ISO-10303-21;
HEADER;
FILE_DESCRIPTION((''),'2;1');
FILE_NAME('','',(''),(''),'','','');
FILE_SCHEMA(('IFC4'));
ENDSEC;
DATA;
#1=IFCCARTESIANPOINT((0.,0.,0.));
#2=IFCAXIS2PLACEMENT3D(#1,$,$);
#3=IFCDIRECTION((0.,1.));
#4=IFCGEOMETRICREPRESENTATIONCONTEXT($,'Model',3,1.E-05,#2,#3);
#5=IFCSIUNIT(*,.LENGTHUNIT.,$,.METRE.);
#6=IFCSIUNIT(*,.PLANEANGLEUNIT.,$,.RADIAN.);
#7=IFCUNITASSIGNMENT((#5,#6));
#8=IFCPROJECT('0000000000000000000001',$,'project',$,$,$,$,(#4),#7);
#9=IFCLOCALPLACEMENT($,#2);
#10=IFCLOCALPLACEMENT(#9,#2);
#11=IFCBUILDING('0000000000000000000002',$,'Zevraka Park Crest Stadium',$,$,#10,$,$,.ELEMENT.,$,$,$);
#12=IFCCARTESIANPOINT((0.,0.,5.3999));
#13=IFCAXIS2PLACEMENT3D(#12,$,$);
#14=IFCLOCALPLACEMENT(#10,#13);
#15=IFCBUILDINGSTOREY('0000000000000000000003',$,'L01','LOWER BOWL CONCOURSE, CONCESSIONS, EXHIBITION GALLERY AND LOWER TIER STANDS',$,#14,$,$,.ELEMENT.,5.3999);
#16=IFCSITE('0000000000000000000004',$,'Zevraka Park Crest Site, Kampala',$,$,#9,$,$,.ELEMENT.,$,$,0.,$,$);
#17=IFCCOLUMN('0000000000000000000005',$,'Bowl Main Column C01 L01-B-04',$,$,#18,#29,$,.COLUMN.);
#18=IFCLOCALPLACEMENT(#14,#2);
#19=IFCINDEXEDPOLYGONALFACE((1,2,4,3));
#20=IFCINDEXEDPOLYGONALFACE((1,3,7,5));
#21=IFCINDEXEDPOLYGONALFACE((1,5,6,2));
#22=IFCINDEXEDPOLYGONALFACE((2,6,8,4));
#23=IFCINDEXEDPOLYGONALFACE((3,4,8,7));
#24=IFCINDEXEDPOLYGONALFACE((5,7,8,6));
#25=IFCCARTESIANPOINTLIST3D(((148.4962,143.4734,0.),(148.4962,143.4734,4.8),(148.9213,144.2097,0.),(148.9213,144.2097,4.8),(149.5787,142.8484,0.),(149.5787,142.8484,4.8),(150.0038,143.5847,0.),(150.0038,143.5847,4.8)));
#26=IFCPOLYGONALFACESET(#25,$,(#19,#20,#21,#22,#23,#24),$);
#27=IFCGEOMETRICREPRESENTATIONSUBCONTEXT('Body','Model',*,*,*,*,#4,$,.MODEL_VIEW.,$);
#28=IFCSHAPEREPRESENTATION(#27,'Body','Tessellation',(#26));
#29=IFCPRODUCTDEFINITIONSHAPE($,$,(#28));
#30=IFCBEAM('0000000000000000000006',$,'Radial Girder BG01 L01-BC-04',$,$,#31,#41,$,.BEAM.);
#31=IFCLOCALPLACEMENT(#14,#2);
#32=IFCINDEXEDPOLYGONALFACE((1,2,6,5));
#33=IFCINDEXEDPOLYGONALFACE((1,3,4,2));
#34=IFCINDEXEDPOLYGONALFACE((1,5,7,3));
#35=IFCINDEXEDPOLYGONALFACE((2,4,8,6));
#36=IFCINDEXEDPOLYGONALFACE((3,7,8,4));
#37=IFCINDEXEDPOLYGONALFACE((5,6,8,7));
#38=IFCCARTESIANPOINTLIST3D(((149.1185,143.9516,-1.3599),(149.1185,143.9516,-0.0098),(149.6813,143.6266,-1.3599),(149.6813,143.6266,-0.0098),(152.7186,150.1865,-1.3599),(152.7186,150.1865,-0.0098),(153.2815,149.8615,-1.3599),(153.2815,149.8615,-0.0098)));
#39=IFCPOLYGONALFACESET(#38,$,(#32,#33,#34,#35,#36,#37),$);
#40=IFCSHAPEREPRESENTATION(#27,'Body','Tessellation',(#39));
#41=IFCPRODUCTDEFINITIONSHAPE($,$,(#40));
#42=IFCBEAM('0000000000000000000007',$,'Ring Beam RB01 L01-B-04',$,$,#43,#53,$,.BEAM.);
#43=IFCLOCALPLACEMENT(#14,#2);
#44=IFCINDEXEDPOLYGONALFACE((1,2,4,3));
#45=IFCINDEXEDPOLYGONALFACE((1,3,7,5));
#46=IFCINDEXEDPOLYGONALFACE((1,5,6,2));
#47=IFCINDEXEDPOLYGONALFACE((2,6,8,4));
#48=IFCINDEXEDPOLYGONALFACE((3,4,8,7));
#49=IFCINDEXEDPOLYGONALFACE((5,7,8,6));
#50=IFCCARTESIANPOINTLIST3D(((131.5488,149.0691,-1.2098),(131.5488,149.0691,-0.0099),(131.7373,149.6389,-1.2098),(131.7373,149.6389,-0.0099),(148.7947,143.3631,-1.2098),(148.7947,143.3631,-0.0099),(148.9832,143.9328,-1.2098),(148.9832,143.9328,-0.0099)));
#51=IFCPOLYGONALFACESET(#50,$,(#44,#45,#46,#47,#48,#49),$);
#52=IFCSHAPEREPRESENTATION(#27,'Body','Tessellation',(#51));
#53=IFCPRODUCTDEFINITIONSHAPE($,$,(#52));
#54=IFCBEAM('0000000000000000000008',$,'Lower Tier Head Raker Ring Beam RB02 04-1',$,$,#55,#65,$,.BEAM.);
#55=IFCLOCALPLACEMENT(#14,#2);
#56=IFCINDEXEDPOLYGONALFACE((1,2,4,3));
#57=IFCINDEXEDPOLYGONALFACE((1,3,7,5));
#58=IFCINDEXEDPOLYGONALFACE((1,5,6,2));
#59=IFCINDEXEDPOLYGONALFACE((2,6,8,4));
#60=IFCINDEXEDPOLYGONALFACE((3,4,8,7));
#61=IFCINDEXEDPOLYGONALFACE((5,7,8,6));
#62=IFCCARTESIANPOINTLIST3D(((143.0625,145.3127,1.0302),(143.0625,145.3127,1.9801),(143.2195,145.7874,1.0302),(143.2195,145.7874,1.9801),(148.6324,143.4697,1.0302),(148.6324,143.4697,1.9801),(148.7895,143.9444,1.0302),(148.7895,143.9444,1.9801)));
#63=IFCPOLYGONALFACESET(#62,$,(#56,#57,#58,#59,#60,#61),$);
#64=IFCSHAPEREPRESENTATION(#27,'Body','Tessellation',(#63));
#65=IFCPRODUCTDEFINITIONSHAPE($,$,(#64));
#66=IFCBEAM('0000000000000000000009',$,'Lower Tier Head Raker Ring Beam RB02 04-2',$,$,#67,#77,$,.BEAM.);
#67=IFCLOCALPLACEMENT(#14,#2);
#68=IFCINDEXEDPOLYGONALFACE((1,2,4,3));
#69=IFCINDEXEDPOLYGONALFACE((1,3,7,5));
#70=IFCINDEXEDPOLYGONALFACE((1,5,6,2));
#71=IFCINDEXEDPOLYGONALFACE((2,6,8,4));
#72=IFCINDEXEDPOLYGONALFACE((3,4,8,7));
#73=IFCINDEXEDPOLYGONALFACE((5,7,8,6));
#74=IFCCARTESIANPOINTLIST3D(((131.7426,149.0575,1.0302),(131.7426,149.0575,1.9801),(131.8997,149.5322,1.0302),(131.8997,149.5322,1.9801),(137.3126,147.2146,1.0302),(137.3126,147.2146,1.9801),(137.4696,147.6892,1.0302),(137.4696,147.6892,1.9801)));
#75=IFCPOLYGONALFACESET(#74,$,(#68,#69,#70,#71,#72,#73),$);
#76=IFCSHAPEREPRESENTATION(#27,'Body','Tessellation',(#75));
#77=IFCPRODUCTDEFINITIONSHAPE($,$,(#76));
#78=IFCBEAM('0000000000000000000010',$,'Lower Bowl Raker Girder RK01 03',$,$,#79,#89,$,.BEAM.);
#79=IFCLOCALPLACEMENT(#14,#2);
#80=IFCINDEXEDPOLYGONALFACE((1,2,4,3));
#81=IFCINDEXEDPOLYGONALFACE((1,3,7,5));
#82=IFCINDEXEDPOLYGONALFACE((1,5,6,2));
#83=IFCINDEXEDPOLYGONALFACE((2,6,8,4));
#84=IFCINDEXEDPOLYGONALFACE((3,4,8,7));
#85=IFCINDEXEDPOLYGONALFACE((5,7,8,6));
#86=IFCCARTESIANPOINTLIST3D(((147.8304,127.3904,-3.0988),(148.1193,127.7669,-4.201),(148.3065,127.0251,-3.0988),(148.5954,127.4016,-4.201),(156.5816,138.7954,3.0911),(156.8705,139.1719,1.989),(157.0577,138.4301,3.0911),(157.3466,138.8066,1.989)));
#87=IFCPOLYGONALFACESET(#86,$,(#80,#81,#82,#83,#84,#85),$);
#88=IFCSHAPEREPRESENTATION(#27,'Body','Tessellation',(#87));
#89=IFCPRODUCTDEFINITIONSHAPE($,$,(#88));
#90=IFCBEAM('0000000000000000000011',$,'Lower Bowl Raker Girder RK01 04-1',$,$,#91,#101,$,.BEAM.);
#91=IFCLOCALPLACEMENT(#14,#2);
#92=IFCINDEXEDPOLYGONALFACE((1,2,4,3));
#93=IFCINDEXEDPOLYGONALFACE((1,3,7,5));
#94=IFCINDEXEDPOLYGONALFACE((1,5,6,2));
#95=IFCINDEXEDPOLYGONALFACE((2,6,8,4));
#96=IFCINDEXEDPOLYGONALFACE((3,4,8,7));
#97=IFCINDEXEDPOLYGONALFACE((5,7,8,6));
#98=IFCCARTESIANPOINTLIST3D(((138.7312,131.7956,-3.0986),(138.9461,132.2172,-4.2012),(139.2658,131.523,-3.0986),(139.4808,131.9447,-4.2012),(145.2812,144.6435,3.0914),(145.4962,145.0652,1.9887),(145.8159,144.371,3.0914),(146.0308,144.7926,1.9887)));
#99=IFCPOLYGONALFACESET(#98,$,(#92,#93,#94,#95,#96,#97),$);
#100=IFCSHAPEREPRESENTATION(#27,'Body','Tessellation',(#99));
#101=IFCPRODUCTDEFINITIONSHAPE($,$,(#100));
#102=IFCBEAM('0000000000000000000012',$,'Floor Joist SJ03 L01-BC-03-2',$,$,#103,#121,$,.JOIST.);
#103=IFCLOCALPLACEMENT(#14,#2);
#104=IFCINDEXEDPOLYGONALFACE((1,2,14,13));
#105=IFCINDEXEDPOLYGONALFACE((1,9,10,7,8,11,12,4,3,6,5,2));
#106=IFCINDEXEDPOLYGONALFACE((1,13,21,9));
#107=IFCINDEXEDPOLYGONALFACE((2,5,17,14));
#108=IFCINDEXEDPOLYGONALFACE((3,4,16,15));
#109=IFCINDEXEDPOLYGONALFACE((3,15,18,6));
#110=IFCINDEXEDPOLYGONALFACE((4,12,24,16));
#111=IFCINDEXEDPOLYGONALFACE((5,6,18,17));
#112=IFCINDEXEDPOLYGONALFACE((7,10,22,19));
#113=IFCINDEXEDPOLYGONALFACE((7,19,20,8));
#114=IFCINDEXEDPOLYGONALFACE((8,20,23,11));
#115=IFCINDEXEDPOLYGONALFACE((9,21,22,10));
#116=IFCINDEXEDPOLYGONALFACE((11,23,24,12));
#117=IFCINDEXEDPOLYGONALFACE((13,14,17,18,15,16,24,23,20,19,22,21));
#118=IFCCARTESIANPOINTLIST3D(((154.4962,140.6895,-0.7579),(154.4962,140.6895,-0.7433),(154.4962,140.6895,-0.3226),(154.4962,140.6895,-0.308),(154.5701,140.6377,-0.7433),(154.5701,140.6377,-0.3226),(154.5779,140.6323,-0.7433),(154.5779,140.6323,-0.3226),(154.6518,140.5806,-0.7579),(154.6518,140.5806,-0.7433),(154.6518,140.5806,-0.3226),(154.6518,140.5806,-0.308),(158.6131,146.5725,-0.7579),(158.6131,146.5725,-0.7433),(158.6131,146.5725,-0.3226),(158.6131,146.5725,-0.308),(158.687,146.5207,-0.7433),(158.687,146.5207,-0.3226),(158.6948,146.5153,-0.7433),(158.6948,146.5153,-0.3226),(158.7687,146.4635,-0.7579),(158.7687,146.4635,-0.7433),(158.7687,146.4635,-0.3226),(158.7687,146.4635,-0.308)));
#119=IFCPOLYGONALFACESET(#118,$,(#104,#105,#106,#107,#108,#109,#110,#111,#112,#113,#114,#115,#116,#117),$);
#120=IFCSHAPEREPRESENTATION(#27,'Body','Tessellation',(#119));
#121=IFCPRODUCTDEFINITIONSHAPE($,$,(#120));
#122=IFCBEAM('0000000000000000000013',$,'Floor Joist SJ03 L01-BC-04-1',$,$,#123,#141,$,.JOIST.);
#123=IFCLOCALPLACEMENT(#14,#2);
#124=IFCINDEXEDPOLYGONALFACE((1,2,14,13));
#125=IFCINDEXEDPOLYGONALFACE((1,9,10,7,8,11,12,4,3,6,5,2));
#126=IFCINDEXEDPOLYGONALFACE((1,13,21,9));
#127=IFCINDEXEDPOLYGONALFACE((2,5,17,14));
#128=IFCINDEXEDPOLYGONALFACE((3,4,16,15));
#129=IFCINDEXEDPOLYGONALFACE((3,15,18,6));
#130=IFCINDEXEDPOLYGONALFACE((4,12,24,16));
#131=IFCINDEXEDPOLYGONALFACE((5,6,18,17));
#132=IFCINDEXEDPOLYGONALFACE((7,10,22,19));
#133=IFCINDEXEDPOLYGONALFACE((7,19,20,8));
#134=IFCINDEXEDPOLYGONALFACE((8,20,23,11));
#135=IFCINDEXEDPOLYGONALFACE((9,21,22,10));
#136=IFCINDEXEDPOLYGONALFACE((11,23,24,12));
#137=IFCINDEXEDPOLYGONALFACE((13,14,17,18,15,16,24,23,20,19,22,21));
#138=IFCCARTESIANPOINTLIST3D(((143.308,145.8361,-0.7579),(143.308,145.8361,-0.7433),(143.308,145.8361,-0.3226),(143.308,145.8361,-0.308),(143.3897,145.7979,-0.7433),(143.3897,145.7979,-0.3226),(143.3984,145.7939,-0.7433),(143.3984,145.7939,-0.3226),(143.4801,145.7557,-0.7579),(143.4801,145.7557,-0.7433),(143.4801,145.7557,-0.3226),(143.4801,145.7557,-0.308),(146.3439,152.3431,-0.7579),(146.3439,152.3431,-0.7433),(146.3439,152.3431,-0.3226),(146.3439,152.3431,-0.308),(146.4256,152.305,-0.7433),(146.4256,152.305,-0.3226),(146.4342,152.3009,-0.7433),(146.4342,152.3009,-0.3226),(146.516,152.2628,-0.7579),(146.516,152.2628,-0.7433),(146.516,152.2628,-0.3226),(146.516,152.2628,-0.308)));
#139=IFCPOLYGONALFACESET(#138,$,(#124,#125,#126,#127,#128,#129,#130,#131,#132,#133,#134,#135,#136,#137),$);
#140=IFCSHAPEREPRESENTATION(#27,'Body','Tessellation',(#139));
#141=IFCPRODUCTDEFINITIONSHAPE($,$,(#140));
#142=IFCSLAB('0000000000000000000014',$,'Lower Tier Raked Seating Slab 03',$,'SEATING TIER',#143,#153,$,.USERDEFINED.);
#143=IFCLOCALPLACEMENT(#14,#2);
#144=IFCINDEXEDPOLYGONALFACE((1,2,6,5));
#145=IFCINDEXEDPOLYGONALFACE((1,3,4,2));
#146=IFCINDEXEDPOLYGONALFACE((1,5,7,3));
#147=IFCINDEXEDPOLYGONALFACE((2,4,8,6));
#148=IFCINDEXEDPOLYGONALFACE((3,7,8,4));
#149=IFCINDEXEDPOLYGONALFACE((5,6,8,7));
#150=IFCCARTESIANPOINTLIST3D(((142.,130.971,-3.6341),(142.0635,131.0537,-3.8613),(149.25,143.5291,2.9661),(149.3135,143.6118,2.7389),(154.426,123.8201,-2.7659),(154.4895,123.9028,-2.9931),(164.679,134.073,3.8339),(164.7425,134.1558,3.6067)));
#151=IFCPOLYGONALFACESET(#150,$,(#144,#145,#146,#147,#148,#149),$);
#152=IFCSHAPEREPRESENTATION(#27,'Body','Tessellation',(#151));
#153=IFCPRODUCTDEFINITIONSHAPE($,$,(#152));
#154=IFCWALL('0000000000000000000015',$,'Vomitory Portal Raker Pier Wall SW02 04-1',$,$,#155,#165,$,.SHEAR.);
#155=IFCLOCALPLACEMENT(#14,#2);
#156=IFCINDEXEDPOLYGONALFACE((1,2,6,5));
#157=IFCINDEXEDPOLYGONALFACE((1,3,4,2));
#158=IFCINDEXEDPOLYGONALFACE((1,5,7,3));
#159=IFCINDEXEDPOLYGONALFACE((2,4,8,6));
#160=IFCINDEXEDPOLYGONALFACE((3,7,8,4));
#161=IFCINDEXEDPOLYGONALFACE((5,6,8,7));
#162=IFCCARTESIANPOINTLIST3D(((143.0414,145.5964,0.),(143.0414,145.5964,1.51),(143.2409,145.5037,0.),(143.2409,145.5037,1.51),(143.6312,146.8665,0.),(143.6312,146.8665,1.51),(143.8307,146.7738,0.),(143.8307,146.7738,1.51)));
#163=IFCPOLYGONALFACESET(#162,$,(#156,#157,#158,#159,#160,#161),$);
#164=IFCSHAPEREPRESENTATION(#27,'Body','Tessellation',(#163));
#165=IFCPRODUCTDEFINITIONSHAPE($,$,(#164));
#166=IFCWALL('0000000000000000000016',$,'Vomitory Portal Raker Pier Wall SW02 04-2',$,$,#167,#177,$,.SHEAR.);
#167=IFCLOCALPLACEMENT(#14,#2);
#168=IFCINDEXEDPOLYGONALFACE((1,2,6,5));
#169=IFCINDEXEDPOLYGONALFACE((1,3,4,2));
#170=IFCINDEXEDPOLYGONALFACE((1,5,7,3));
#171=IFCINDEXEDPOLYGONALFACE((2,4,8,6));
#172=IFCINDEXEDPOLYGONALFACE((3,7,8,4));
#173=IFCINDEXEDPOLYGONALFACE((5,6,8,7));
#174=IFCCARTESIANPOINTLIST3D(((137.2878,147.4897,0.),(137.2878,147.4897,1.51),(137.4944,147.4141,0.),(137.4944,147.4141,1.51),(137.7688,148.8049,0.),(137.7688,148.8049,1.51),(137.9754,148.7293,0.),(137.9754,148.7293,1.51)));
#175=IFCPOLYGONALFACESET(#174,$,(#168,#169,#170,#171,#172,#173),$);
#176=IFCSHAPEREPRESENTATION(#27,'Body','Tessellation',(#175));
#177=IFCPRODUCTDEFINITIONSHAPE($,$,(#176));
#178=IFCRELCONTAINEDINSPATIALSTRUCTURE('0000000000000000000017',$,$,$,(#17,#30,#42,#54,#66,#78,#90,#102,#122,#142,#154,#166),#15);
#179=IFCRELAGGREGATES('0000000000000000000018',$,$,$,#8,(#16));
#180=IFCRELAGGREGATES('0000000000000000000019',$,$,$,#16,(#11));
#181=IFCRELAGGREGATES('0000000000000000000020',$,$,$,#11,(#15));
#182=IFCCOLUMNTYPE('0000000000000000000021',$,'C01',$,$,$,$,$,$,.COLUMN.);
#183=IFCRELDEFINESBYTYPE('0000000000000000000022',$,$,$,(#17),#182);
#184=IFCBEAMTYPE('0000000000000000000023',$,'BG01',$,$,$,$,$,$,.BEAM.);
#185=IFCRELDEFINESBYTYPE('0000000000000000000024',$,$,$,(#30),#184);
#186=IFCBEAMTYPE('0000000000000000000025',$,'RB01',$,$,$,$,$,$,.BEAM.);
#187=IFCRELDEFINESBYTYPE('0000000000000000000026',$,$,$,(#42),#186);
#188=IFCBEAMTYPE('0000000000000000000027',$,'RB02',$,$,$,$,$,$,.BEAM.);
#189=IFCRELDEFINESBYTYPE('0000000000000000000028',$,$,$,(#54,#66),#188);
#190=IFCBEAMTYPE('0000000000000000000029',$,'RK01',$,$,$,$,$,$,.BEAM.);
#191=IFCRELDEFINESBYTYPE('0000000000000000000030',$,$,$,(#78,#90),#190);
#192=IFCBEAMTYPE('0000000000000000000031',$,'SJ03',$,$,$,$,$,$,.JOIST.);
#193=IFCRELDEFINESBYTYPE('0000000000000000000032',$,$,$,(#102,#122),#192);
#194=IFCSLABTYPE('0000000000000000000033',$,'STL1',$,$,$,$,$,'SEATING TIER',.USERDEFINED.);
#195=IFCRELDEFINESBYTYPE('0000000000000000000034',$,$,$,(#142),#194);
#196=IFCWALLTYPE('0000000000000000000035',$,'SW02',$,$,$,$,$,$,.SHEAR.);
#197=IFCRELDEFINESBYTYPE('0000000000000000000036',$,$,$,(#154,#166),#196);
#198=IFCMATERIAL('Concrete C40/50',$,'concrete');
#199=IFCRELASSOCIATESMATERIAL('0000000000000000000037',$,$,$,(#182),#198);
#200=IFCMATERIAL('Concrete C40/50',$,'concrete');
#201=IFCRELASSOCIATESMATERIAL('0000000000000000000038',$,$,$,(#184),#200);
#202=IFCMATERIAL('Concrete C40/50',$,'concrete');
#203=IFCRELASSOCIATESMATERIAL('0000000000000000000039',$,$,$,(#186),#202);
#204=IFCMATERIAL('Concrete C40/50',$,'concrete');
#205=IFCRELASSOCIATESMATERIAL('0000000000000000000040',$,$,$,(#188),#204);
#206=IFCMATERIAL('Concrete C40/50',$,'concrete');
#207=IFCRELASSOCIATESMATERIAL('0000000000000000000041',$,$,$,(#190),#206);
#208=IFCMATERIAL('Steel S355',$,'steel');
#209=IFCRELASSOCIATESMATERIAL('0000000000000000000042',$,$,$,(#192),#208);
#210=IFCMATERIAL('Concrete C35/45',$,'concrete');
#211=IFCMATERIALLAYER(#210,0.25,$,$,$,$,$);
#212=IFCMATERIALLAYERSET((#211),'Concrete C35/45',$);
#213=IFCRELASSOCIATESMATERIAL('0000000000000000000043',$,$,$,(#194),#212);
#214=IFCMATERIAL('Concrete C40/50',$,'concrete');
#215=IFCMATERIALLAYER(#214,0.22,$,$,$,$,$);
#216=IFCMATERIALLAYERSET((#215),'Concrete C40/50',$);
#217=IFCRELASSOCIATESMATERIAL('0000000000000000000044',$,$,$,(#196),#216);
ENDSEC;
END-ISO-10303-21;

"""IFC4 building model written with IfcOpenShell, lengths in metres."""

from ifc_helpers import new_model, si_unit, direction, frame, frame_2d, origin, origin_2d, place, context, subcontext, project, spatial, polyline, rectangle, i_section, outline, extrude, material, layer, layer_set, material_profile, profile_set, type_object, element, save


model = new_model("IFC4")

# Units and contexts
model_context = context("Model", 3, precision=1e-05, world=origin(), true_north=direction((0.0, 1.0)))
body_context = subcontext(model_context, "Body", "Model", "MODEL_VIEW")
ifc_project = project(units=[si_unit("LENGTHUNIT", "METRE"), si_unit("PLANEANGLEUNIT", "RADIAN")], contexts=[model_context])

# Site, building, storey
site_placement = place(None, origin())
site = spatial("IfcSite", under=ifc_project, at=site_placement, Name="Zevraka Park Crest Site, Kampala", CompositionType="ELEMENT", RefElevation=0.0)
building_placement = place(site_placement, origin())
building = spatial("IfcBuilding", under=site, at=building_placement, Name="Zevraka Park Crest Stadium", CompositionType="ELEMENT")
storey_placement = place(building_placement, frame((0.0, 0.0, 5.3999)))
storey = spatial("IfcBuildingStorey", under=building, at=storey_placement, Name="L01", Description="LOWER BOWL CONCOURSE, CONCESSIONS, EXHIBITION GALLERY AND LOWER TIER STANDS", CompositionType="ELEMENT", Elevation=5.3999)

# Column
ifc_material_1 = material(Name="Concrete C40/50", Category="concrete")
ifc_material_profile_1 = material_profile(ifc_material_1, rectangle(XDim=0.8501, YDim=1.25, at=origin_2d()), Name="RC 1250x850")
ifc_profile_set_1 = profile_set([ifc_material_profile_1], Name="Concrete C40/50")
column_type = type_object("IfcColumnType", Name="C01", PredefinedType="COLUMN", material=ifc_profile_set_1)
column_placement = place(storey_placement, frame((149.25, 143.5291, 0.0), z_axis=(0.0, 0.0, 1.0), x_axis=(0.5, 0.866025, 0.0)))
element("IfcColumn", 1, at=column_placement, inside=storey, type_object=column_type, Name="Bowl Main Column C01 L01-B-04", PredefinedType="COLUMN", context=body_context, shape_type="SweptSolid", body=[
    extrude(rectangle(XDim=0.8501, YDim=1.25, at=origin_2d()), origin(), (0.0, 0.0, 1.0), 4.8),
])

# Beams
ifc_material_2 = material(Name="Concrete C40/50", Category="concrete")
ifc_material_profile_2 = material_profile(ifc_material_2, rectangle(XDim=0.6499, YDim=1.3501, at=origin_2d()), Name="RC 1350x650")
ifc_profile_set_2 = profile_set([ifc_material_profile_2], Name="Concrete C40/50")
beam_type_1 = type_object("IfcBeamType", Name="BG01", PredefinedType="BEAM", material=ifc_profile_set_2)
beam_1_placement = place(storey_placement, frame((149.3999, 143.7891, -0.6848), z_axis=(0.500041, 0.866001, 0.0), x_axis=(-0.866001, 0.500041, 0.0)))
element("IfcBeam", 2, at=beam_1_placement, inside=storey, type_object=beam_type_1, Name="Radial Girder BG01 L01-BC-04", PredefinedType="BEAM", context=body_context, shape_type="SweptSolid", body=[
    extrude(rectangle(XDim=0.6499, YDim=1.3501, at=origin_2d()), origin(), (0.0, 0.0, 1.0), 7.1997),
])
ifc_material_3 = material(Name="Concrete C40/50", Category="concrete")
ifc_material_profile_3 = material_profile(ifc_material_3, rectangle(XDim=0.6001, YDim=1.2, at=origin_2d()), Name="RC 1200x600")
ifc_profile_set_3 = profile_set([ifc_material_profile_3], Name="Concrete C40/50")
beam_type_2 = type_object("IfcBeamType", Name="RB01", PredefinedType="BEAM", material=ifc_profile_set_3)
beam_2_placement = place(storey_placement, frame((148.8889, 143.6479, -0.6099), z_axis=(-0.949384, 0.314118, 0.0), x_axis=(-0.314118, -0.949384, 0.0)))
element("IfcBeam", 3, at=beam_2_placement, inside=storey, type_object=beam_type_2, Name="Ring Beam RB01 L01-B-04", PredefinedType="BEAM", context=body_context, shape_type="SweptSolid", body=[
    extrude(rectangle(XDim=0.6001, YDim=1.2, at=origin_2d()), origin(), (0.0, 0.0, 1.0), 18.1653),
])
ifc_material_4 = material(Name="Concrete C40/50", Category="concrete")
ifc_material_profile_4 = material_profile(ifc_material_4, rectangle(XDim=0.5, YDim=0.95, at=origin_2d()), Name="RC 950x500")
ifc_profile_set_4 = profile_set([ifc_material_profile_4], Name="Concrete C40/50")
beam_type_3 = type_object("IfcBeamType", Name="RB02", PredefinedType="BEAM", material=ifc_profile_set_4)
for number, where, z_axis, x_axis, name in (
    (4, (148.7109, 143.707, 1.5051), (-0.949376, 0.314142, 0.0), (-0.314142, -0.949376, 0.0), "Lower Tier Head Raker Ring Beam RB02 04-1"),
    (5, (137.3911, 147.4519, 1.5051), (-0.94938, 0.31413, 0.0), (-0.31413, -0.94938, 0.0), "Lower Tier Head Raker Ring Beam RB02 04-2"),
):
    element("IfcBeam", number, at=place(storey_placement, frame(where, z_axis=z_axis, x_axis=x_axis)), inside=storey, type_object=beam_type_3, Name=name, PredefinedType="BEAM", context=body_context, shape_type="SweptSolid", body=[
        extrude(rectangle(XDim=0.5, YDim=0.95, at=origin_2d()), origin(), (0.0, 0.0, 1.0), 5.8669),
    ])
ifc_material_5 = material(Name="Concrete C40/50", Category="concrete")
ifc_material_profile_5 = material_profile(ifc_material_5, rectangle(XDim=0.6001, YDim=1.2, at=origin_2d()), Name="RC 1200x600")
ifc_profile_set_5 = profile_set([ifc_material_profile_5], Name="Concrete C40/50")
beam_type_4 = type_object("IfcBeamType", Name="RK01", PredefinedType="BEAM", material=ifc_profile_set_5)
beam_3_placement = place(storey_placement, frame((148.2129, 127.396, -3.6499), z_axis=(0.559125, 0.728679, 0.395482), x_axis=(-0.793359, 0.608754, 0.0)))
element("IfcBeam", 6, at=beam_3_placement, inside=storey, type_object=beam_type_4, Name="Lower Bowl Raker Girder RK01 03", PredefinedType="BEAM", context=body_context, shape_type="SweptSolid", body=[
    extrude(rectangle(XDim=0.6001, YDim=1.2, at=origin_2d()), origin(), (0.0, 0.0, 1.0), 15.6516),
])
beam_4_placement = place(storey_placement, frame((139.106, 131.8701, -3.6499), z_axis=(0.417372, 0.818675, 0.394426), x_axis=(-0.890902, 0.454195, 0.0)))
element("IfcBeam", 7, at=beam_4_placement, inside=storey, type_object=beam_type_4, Name="Lower Bowl Raker Girder RK01 04-1", PredefinedType="BEAM", context=body_context, shape_type="SweptSolid", body=[
    extrude(rectangle(XDim=0.6001, YDim=1.2, at=origin_2d()), origin(), (0.0, 0.0, 1.0), 15.6936),
])
ifc_material_6 = material(Name="Steel S355", Category="steel")
ifc_material_profile_6 = material_profile(ifc_material_6, i_section(OverallWidth=0.1899, OverallDepth=0.45, WebThickness=0.0095, FlangeThickness=0.0146, at=origin_2d()), Name="IPE 450")
ifc_profile_set_6 = profile_set([ifc_material_profile_6], Name="Steel S355")
beam_type_5 = type_object("IfcBeamType", Name="SJ03", PredefinedType="JOIST", material=ifc_profile_set_6)
for number, where, z_axis, x_axis, name in (
    (8, (154.574, 140.635, -0.533), (0.573351, 0.81931, 0.0), (-0.81931, 0.573351, 0.0), "Floor Joist SJ03 L01-BC-03-2"),
    (9, (143.394, 145.7959, -0.533), (0.4228, 0.906223, 0.0), (-0.906223, 0.4228, 0.0), "Floor Joist SJ03 L01-BC-04-1"),
):
    element("IfcBeam", number, at=place(storey_placement, frame(where, z_axis=z_axis, x_axis=x_axis)), inside=storey, type_object=beam_type_5, Name=name, PredefinedType="JOIST", context=body_context, shape_type="SweptSolid", body=[
        extrude(i_section(OverallWidth=0.1899, OverallDepth=0.45, WebThickness=0.0095, FlangeThickness=0.0146, at=origin_2d()), origin(), (0.0, 0.0, 1.0), 7.1804),
    ])

# Slab
ifc_material_7 = material(Name="Concrete C35/45", Category="concrete")
ifc_layer_1 = layer(ifc_material_7, 0.25)
ifc_layer_set_1 = layer_set([ifc_layer_1], Name="Concrete C35/45")
slab_type = type_object("IfcSlabType", Name="STL1", ElementType="SEATING TIER", PredefinedType="USERDEFINED", material=ifc_layer_set_1)
slab_1_placement = place(storey_placement, frame((154.426, 123.8201, -2.7659), z_axis=(-0.253987, -0.331009, 0.908804), x_axis=(-0.865142, 0.49787, -0.060448)))
element("IfcSlab", 10, at=slab_1_placement, inside=storey, type_object=slab_type, Name="Lower Tier Raked Seating Slab 03", ObjectType="SEATING TIER", PredefinedType="USERDEFINED", context=body_context, shape_type="SweptSolid", body=[
    extrude(outline(polyline([(0.0, 0.0), (14.363, 0.0), (13.944, -15.9265), (-4.1646, -15.3772), (0.0, 0.0)])), origin(), (0.0, 0.0, -1.0), 0.25),
])

# Walls
ifc_material_8 = material(Name="Concrete C40/50", Category="concrete")
ifc_layer_2 = layer(ifc_material_8, 0.22)
ifc_layer_set_2 = layer_set([ifc_layer_2], Name="Concrete C40/50")
wall_type = type_object("IfcWallType", Name="SW02", PredefinedType="SHEAR", material=ifc_layer_set_2)
for number, where, z_axis, x_axis, name in (
    (11, (143.1411, 145.55, 0.0), (0.0, 0.0, 1.0), (0.421224, 0.906957, 0.0), "Vomitory Portal Raker Pier Wall SW02 04-1"),
    (12, (137.3911, 147.4519, 0.0), (0.0, 0.0, 1.0), (0.34345, 0.939171, 0.0), "Vomitory Portal Raker Pier Wall SW02 04-2"),
):
    element("IfcWall", number, at=place(storey_placement, frame(where, z_axis=z_axis, x_axis=x_axis)), inside=storey, type_object=wall_type, Name=name, PredefinedType="SHEAR", context=body_context, shape_type="SweptSolid", body=[
        extrude(rectangle(XDim=1.4004, YDim=0.22, at=frame_2d((0.7002, 0.0))), origin(), (0.0, 0.0, 1.0), 1.51),
    ])

save(model, "model.ifc")
